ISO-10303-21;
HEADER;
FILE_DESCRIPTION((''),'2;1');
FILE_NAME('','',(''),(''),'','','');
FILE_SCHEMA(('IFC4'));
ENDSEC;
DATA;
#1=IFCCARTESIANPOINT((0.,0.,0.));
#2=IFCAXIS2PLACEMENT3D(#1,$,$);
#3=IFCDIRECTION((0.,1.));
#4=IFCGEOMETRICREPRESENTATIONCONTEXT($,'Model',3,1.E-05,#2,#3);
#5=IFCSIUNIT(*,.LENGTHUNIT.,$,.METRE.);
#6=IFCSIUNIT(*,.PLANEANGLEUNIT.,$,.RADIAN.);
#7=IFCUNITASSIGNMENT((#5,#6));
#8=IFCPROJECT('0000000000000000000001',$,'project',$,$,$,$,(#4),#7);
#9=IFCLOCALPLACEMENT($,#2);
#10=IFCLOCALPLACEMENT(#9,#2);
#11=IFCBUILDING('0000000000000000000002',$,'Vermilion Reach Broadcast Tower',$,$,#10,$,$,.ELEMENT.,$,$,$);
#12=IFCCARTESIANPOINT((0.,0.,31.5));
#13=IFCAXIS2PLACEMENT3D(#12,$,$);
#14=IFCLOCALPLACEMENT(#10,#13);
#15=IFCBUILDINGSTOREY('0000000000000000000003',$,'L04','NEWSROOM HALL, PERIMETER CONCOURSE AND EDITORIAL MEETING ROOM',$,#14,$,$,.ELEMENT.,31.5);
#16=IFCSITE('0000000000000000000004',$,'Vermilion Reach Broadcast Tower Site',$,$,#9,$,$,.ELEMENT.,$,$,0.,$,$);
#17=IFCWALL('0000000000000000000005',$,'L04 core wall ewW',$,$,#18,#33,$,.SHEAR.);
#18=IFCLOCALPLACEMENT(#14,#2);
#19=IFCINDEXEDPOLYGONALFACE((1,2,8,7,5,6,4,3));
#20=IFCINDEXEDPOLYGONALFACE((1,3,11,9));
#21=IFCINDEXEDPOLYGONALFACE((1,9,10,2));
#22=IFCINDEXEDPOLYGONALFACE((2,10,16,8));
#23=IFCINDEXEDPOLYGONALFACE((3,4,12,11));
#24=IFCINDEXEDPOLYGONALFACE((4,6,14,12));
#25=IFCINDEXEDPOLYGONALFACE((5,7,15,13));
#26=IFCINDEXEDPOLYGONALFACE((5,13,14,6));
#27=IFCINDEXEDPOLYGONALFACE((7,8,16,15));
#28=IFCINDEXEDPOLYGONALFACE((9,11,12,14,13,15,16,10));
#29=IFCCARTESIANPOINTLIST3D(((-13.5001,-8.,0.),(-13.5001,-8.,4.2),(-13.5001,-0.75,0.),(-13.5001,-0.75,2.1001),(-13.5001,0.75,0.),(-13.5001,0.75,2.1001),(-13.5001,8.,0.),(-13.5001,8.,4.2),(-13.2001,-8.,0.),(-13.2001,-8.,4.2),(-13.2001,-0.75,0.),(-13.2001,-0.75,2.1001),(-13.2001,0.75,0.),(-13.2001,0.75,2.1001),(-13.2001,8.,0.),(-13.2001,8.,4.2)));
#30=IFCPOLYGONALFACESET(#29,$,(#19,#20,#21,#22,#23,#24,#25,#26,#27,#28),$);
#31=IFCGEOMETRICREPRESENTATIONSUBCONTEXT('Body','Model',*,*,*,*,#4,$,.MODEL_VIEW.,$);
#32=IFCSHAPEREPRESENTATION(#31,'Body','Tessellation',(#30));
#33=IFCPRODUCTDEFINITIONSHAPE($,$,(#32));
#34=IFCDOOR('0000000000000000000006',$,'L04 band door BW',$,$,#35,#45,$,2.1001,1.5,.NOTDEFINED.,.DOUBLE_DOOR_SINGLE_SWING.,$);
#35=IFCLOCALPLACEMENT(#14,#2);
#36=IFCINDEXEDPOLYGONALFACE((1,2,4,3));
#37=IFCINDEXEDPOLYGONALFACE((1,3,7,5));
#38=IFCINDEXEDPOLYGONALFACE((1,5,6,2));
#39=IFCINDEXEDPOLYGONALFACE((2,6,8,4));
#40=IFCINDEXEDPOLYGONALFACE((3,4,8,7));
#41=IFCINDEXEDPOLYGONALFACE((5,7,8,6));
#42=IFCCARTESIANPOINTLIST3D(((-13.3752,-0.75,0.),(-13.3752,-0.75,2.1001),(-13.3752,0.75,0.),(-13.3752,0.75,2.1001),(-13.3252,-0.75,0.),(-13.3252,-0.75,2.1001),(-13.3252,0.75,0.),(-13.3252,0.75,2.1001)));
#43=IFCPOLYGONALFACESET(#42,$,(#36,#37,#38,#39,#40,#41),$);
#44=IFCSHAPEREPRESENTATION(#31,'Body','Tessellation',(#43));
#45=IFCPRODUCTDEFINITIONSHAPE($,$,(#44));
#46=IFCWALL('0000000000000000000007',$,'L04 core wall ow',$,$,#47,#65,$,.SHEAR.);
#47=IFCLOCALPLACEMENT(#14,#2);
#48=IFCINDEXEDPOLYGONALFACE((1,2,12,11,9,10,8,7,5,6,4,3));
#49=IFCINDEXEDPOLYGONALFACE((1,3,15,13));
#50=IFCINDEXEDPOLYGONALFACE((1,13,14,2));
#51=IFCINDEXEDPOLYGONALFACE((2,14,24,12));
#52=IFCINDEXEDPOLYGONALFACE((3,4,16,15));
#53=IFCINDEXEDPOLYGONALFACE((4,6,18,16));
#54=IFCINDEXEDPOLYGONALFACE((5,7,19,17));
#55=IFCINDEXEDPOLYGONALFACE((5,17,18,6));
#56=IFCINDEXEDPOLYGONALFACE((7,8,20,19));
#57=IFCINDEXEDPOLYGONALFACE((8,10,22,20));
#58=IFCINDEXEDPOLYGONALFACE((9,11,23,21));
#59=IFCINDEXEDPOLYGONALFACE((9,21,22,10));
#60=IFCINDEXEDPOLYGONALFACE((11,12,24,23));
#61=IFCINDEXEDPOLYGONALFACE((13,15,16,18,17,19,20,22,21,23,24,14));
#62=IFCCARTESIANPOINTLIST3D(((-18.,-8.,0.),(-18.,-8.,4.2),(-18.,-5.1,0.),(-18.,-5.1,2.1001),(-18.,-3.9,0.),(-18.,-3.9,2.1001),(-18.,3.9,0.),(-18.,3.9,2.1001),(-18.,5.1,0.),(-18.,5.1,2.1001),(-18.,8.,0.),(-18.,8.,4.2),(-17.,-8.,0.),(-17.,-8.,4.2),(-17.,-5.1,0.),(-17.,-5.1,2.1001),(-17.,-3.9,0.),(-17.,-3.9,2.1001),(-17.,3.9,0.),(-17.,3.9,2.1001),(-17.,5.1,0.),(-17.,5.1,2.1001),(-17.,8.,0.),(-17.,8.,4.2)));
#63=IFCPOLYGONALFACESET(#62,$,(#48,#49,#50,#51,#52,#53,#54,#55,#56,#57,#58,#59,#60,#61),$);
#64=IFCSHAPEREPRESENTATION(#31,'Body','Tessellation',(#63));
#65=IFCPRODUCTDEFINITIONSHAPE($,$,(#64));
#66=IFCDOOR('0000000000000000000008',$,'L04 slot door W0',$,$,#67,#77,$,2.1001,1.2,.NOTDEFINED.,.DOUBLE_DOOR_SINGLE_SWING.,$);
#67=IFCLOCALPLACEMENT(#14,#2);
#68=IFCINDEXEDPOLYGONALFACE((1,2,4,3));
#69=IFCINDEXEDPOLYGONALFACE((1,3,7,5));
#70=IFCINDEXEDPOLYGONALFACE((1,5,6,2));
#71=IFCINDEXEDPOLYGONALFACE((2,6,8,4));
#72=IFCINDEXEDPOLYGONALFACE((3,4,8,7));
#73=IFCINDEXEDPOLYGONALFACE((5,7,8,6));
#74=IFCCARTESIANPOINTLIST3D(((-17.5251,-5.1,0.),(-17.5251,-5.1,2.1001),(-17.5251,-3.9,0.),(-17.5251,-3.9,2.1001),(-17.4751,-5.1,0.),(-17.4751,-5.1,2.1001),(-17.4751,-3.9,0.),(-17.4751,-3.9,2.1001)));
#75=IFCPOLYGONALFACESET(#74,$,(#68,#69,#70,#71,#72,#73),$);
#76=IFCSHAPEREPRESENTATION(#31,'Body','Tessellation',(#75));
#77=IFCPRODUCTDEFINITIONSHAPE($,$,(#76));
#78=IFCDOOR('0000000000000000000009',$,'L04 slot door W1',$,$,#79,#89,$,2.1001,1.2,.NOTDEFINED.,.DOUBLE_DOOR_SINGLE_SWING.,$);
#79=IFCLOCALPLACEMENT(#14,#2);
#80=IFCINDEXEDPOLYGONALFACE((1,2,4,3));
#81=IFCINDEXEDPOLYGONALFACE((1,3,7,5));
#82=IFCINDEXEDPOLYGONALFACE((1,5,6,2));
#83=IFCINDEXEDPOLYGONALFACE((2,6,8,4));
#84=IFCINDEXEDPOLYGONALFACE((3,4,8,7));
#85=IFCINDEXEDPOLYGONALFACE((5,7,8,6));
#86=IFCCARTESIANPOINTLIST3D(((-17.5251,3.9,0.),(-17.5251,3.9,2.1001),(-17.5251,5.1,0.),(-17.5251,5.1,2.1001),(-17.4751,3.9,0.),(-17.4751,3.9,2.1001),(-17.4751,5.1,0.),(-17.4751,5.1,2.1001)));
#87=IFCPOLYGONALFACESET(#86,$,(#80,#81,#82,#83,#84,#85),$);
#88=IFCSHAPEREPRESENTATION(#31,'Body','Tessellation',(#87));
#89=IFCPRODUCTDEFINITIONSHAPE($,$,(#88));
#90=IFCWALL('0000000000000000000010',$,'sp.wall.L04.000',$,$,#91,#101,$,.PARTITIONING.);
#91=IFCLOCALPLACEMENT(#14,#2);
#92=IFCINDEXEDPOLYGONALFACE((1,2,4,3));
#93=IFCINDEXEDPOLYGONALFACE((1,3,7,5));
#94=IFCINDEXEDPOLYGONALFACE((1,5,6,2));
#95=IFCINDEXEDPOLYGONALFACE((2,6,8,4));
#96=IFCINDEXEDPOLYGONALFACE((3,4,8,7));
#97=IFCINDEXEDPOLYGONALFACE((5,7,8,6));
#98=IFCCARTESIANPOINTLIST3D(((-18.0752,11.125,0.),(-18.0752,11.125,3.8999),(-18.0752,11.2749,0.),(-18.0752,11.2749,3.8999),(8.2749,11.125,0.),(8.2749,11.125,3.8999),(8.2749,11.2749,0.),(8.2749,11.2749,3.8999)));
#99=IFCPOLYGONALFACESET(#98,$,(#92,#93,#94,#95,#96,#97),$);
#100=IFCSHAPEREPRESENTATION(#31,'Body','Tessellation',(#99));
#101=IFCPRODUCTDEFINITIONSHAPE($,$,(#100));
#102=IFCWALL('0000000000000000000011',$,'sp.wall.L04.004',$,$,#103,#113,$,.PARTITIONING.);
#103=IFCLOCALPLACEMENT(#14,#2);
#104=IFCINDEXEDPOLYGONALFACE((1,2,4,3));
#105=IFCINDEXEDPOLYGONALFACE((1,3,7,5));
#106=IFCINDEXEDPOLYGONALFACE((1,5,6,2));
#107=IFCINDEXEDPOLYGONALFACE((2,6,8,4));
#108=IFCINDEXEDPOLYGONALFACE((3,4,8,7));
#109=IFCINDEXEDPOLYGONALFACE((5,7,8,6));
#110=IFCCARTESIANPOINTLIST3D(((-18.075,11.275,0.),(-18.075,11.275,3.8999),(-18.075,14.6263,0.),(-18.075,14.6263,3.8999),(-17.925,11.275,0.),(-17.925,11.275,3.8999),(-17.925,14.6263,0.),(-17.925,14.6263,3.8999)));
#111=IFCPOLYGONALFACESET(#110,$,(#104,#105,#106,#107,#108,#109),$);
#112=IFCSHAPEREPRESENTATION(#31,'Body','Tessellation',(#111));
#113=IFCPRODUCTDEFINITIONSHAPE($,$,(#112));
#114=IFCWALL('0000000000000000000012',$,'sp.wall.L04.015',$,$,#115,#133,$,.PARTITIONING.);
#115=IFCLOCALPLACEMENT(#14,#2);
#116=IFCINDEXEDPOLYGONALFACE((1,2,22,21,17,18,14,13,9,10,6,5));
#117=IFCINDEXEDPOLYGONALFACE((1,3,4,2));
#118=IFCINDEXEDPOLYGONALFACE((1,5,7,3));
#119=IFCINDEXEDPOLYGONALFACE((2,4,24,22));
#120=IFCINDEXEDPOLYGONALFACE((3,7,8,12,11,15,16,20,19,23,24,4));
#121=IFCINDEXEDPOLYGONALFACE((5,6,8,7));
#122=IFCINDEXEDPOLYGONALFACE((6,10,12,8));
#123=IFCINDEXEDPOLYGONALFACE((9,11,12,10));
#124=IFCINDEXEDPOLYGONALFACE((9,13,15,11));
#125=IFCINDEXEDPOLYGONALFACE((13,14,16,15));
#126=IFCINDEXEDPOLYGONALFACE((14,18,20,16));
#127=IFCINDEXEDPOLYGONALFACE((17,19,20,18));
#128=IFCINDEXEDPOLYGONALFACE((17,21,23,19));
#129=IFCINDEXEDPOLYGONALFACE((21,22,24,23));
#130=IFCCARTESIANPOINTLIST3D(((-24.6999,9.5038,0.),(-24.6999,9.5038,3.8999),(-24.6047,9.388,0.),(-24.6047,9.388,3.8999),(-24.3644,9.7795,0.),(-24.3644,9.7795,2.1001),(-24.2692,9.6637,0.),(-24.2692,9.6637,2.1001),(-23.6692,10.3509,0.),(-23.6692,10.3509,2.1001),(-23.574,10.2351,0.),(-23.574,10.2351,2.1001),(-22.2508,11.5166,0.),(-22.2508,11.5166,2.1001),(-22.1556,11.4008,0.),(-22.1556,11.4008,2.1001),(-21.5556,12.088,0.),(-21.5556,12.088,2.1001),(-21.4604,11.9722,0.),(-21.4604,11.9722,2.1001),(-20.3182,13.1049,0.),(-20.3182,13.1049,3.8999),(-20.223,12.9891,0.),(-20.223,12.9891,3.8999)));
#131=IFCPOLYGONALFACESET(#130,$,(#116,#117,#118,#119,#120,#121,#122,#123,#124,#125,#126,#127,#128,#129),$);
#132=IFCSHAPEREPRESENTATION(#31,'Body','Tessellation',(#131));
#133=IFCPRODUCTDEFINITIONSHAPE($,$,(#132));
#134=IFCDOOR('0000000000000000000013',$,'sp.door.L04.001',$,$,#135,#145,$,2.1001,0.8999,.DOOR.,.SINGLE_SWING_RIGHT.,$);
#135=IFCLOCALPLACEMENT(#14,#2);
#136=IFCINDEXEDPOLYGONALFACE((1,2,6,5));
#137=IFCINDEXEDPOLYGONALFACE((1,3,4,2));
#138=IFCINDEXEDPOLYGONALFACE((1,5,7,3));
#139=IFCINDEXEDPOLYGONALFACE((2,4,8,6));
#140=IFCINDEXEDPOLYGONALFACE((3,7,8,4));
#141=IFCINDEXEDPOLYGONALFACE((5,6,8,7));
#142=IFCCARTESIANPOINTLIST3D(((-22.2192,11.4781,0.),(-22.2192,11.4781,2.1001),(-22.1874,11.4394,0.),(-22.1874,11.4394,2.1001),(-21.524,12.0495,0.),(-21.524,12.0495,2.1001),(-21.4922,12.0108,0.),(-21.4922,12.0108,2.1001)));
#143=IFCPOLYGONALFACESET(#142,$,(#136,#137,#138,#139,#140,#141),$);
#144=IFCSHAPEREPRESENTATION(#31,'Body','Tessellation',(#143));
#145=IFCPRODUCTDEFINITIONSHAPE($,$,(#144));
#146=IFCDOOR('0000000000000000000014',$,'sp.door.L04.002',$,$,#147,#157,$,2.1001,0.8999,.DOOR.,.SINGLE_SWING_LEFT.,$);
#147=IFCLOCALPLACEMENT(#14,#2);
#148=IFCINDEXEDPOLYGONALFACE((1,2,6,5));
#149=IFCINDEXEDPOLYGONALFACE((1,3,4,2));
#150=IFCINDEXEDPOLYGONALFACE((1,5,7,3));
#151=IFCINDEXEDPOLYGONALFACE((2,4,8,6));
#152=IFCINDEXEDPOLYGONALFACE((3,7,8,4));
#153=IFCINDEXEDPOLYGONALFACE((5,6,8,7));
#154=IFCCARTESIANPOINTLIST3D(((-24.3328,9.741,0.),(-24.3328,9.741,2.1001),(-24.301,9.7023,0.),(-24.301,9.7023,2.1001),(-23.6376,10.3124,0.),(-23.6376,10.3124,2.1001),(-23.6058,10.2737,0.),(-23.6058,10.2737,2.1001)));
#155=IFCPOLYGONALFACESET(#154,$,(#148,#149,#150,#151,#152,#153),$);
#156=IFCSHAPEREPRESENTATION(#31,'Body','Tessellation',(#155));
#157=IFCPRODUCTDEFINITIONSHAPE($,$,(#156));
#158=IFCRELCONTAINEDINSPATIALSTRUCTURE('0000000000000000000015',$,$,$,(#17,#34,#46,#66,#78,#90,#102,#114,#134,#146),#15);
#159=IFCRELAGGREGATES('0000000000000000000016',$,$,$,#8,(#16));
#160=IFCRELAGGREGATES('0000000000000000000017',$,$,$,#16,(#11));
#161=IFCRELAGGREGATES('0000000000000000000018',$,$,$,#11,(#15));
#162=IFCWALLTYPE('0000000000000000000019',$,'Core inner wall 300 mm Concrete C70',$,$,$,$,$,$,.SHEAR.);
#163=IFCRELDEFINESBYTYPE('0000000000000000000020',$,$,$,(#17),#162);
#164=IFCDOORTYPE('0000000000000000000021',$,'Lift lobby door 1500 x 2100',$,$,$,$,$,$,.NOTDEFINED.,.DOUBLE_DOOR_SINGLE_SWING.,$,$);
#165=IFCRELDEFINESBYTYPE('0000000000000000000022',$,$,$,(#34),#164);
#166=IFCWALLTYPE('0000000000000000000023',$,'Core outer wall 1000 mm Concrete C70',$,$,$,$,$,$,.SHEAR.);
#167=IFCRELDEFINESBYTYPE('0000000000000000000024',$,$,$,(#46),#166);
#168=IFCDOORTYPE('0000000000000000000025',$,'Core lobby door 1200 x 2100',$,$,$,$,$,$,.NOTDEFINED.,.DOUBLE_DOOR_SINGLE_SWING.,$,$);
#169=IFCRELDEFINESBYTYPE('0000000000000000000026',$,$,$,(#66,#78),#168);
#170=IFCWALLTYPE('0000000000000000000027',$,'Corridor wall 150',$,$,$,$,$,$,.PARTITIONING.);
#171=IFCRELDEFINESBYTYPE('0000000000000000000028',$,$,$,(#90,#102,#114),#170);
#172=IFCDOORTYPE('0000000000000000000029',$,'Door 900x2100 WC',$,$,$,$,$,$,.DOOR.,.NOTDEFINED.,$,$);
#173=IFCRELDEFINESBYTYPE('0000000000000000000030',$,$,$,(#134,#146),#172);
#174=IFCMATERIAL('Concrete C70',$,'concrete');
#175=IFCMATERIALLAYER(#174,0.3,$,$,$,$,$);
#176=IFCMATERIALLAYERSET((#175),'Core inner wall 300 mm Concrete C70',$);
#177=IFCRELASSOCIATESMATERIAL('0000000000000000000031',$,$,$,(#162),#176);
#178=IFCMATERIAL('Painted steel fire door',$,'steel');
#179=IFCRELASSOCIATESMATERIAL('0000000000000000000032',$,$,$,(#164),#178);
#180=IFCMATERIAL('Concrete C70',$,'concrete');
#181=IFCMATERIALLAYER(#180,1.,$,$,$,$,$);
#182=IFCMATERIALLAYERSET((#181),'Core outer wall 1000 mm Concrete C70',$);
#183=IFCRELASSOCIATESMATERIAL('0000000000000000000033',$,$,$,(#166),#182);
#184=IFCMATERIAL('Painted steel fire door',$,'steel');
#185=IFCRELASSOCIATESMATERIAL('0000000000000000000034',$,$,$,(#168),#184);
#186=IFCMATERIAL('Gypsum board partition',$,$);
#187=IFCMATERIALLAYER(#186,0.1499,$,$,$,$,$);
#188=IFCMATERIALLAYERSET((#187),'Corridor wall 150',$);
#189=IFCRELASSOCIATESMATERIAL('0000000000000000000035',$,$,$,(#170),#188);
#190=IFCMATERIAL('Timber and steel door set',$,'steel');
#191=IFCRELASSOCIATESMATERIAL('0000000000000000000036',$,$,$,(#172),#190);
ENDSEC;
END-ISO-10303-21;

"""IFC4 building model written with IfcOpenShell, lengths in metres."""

from ifc_helpers import new_model, si_unit, direction, frame, frame_2d, origin, place, context, subcontext, project, spatial, rectangle, extrude, material, layer, layer_set, type_object, element, fill, save


model = new_model("IFC4")

# Units and contexts
model_context = context("Model", 3, precision=1e-05, world=origin(), true_north=direction((0.0, 1.0)))
body_context = subcontext(model_context, "Body", "Model", "MODEL_VIEW")
ifc_project = project(units=[si_unit("LENGTHUNIT", "METRE"), si_unit("PLANEANGLEUNIT", "RADIAN")], contexts=[model_context])

# Site, building, storey
site_placement = place(None, origin())
site = spatial("IfcSite", under=ifc_project, at=site_placement, Name="Vermilion Reach Broadcast Tower Site", CompositionType="ELEMENT", RefElevation=0.0)
building_placement = place(site_placement, origin())
building = spatial("IfcBuilding", under=site, at=building_placement, Name="Vermilion Reach Broadcast Tower", CompositionType="ELEMENT")
storey_placement = place(building_placement, frame((0.0, 0.0, 31.5)))
storey = spatial("IfcBuildingStorey", under=building, at=storey_placement, Name="L04", Description="NEWSROOM HALL, PERIMETER CONCOURSE AND EDITORIAL MEETING ROOM", CompositionType="ELEMENT", Elevation=31.5)

# Wall, opening, door
ifc_material_1 = material(Name="Concrete C70", Category="concrete")
ifc_layer_1 = layer(ifc_material_1, 0.3)
ifc_layer_set_1 = layer_set([ifc_layer_1], Name="Core inner wall 300 mm Concrete C70")
wall_type_1 = type_object("IfcWallType", Name="Core inner wall 300 mm Concrete C70", PredefinedType="SHEAR", material=ifc_layer_set_1)
wall_1_placement = place(storey_placement, frame((-13.3501, 8.0, 0.0), z_axis=(0.0, 0.0, 1.0), x_axis=(0.0, -1.0, 0.0)))
wall_1 = element("IfcWall", 1, at=wall_1_placement, inside=storey, type_object=wall_type_1, Name="L04 core wall ewW", PredefinedType="SHEAR", context=body_context, shape_type="SweptSolid", body=[
    extrude(rectangle(XDim=16.0, YDim=0.3, at=frame_2d((8.0, 0.0))), origin(), (0.0, 0.0, 1.0), 4.2),
])
opening_1_placement = place(wall_1_placement, frame((7.25, 0.0, 0.0)))
opening_1 = element("IfcOpeningElement", 2, at=opening_1_placement, cuts=wall_1, PredefinedType="OPENING", context=body_context, shape_type="SweptSolid", body=[
    extrude(rectangle(XDim=1.5, YDim=2.1001, at=frame_2d((0.75, 1.05))), frame((0.0, 0.1599, 0.0), z_axis=(0.0, -1.0, 0.0), x_axis=(1.0, 0.0, 0.0)), (0.0, 0.0, 1.0), 0.3201),
])
ifc_material_2 = material(Name="Painted steel fire door", Category="steel")
door_type_1 = type_object("IfcDoorType", Name="Lift lobby door 1500 x 2100", OperationType="DOUBLE_DOOR_SINGLE_SWING", PredefinedType="NOTDEFINED", material=ifc_material_2)
door_1_placement = place(opening_1_placement, origin())
door_1 = element("IfcDoor", 3, at=door_1_placement, inside=storey, type_object=door_type_1, Name="L04 band door BW", OperationType="DOUBLE_DOOR_SINGLE_SWING", OverallHeight=2.1001, OverallWidth=1.5, PredefinedType="NOTDEFINED", context=body_context, shape_type="SweptSolid", body=[
    extrude(rectangle(XDim=1.5, YDim=2.1001, at=frame_2d((0.75, 1.05))), frame((0.0, 0.0249, 0.0), z_axis=(0.0, -1.0, 0.0), x_axis=(1.0, 0.0, 0.0)), (0.0, 0.0, 1.0), 0.05),
])
fill(opening_1, door_1)

# Wall, openings, doors
ifc_material_3 = material(Name="Concrete C70", Category="concrete")
ifc_layer_2 = layer(ifc_material_3, 1.0)
ifc_layer_set_2 = layer_set([ifc_layer_2], Name="Core outer wall 1000 mm Concrete C70")
wall_type_2 = type_object("IfcWallType", Name="Core outer wall 1000 mm Concrete C70", PredefinedType="SHEAR", material=ifc_layer_set_2)
wall_2_placement = place(storey_placement, frame((-17.5, 8.0, 0.0), z_axis=(0.0, 0.0, 1.0), x_axis=(0.0, -1.0, 0.0)))
wall_2 = element("IfcWall", 4, at=wall_2_placement, inside=storey, type_object=wall_type_2, Name="L04 core wall ow", PredefinedType="SHEAR", context=body_context, shape_type="SweptSolid", body=[
    extrude(rectangle(XDim=16.0, YDim=1.0, at=frame_2d((8.0, 0.0))), origin(), (0.0, 0.0, 1.0), 4.2),
])
opening_2_placement = place(wall_2_placement, frame((11.8999, 0.0, 0.0)))
opening_2 = element("IfcOpeningElement", 5, at=opening_2_placement, cuts=wall_2, PredefinedType="OPENING", context=body_context, shape_type="SweptSolid", body=[
    extrude(rectangle(XDim=1.2, YDim=2.1001, at=frame_2d((0.6001, 1.05))), frame((0.0, 0.51, 0.0), z_axis=(0.0, -1.0, 0.0), x_axis=(1.0, 0.0, 0.0)), (0.0, 0.0, 1.0), 1.02),
])
opening_3_placement = place(wall_2_placement, frame((2.8999, 0.0, 0.0)))
opening_3 = element("IfcOpeningElement", 6, at=opening_3_placement, cuts=wall_2, PredefinedType="OPENING", context=body_context, shape_type="SweptSolid", body=[
    extrude(rectangle(XDim=1.2, YDim=2.1001, at=frame_2d((0.6001, 1.05))), frame((0.0, 0.51, 0.0), z_axis=(0.0, -1.0, 0.0), x_axis=(1.0, 0.0, 0.0)), (0.0, 0.0, 1.0), 1.02),
])
ifc_material_4 = material(Name="Painted steel fire door", Category="steel")
door_type_2 = type_object("IfcDoorType", Name="Core lobby door 1200 x 2100", OperationType="DOUBLE_DOOR_SINGLE_SWING", PredefinedType="NOTDEFINED", material=ifc_material_4)
door_2_placement = place(opening_2_placement, origin())
door_2 = element("IfcDoor", 7, at=door_2_placement, inside=storey, type_object=door_type_2, Name="L04 slot door W0", OperationType="DOUBLE_DOOR_SINGLE_SWING", OverallHeight=2.1001, OverallWidth=1.2, PredefinedType="NOTDEFINED", context=body_context, shape_type="SweptSolid", body=[
    extrude(rectangle(XDim=1.2, YDim=2.1001, at=frame_2d((0.6001, 1.05))), frame((0.0, 0.0249, 0.0), z_axis=(0.0, -1.0, 0.0), x_axis=(1.0, 0.0, 0.0)), (0.0, 0.0, 1.0), 0.05),
])
fill(opening_2, door_2)
door_3_placement = place(opening_3_placement, origin())
door_3 = element("IfcDoor", 8, at=door_3_placement, inside=storey, type_object=door_type_2, Name="L04 slot door W1", OperationType="DOUBLE_DOOR_SINGLE_SWING", OverallHeight=2.1001, OverallWidth=1.2, PredefinedType="NOTDEFINED", context=body_context, shape_type="SweptSolid", body=[
    extrude(rectangle(XDim=1.2, YDim=2.1001, at=frame_2d((0.6001, 1.05))), frame((0.0, 0.0249, 0.0), z_axis=(0.0, -1.0, 0.0), x_axis=(1.0, 0.0, 0.0)), (0.0, 0.0, 1.0), 0.05),
])
fill(opening_3, door_3)

# Walls
ifc_material_5 = material(Name="Gypsum board partition")
ifc_layer_3 = layer(ifc_material_5, 0.1499)
ifc_layer_set_3 = layer_set([ifc_layer_3], Name="Corridor wall 150")
wall_type_3 = type_object("IfcWallType", Name="Corridor wall 150", PredefinedType="PARTITIONING", material=ifc_layer_set_3)
wall_3_placement = place(storey_placement, frame((-18.0752, 11.2, 0.0), z_axis=(0.0, 0.0, 1.0), x_axis=(1.0, 0.0, 0.0)))
element("IfcWall", 9, at=wall_3_placement, inside=storey, type_object=wall_type_3, Name="sp.wall.L04.000", PredefinedType="PARTITIONING", context=body_context, shape_type="SweptSolid", body=[
    extrude(rectangle(XDim=26.3501, YDim=0.1499, at=frame_2d((13.175, 0.0))), origin(), (0.0, 0.0, 1.0), 3.8999),
])
wall_4_placement = place(storey_placement, frame((-18.0, 11.2749, 0.0), z_axis=(0.0, 0.0, 1.0), x_axis=(0.0, 1.0, 0.0)))
element("IfcWall", 10, at=wall_4_placement, inside=storey, type_object=wall_type_3, Name="sp.wall.L04.004", PredefinedType="PARTITIONING", context=body_context, shape_type="SweptSolid", body=[
    extrude(rectangle(XDim=3.3513, YDim=0.1499, at=frame_2d((1.6758, 0.0))), origin(), (0.0, 0.0, 1.0), 3.8999),
])

# Wall, openings, doors
wall_5_placement = place(storey_placement, frame((-20.2705, 13.0471, 0.0), z_axis=(0.0, 0.0, 1.0), x_axis=(-0.772561, -0.63494, 0.0)))
wall_5 = element("IfcWall", 11, at=wall_5_placement, inside=storey, type_object=wall_type_3, Name="sp.wall.L04.015", PredefinedType="PARTITIONING", context=body_context, shape_type="SweptSolid", body=[
    extrude(rectangle(XDim=5.6716, YDim=0.1499, at=frame_2d((2.8359, 0.0))), origin(), (0.0, 0.0, 1.0), 3.8999),
])
opening_4_placement = place(wall_5_placement, frame((1.6018, 0.0, 0.0)))
opening_4 = element("IfcOpeningElement", 12, at=opening_4_placement, cuts=wall_5, PredefinedType="OPENING", context=body_context, shape_type="SweptSolid", body=[
    extrude(rectangle(XDim=0.8999, YDim=2.1001, at=frame_2d((0.45, 1.05))), frame((0.0, 0.085, 0.0), z_axis=(0.0, -1.0, 0.0), x_axis=(1.0, 0.0, 0.0)), (0.0, 0.0, 1.0), 0.1699),
])
opening_5_placement = place(wall_5_placement, frame((4.3376, 0.0, 0.0)))
opening_5 = element("IfcOpeningElement", 13, at=opening_5_placement, cuts=wall_5, PredefinedType="OPENING", context=body_context, shape_type="SweptSolid", body=[
    extrude(rectangle(XDim=0.8999, YDim=2.1001, at=frame_2d((0.45, 1.05))), frame((0.0, 0.085, 0.0), z_axis=(0.0, -1.0, 0.0), x_axis=(1.0, 0.0, 0.0)), (0.0, 0.0, 1.0), 0.1699),
])
ifc_material_6 = material(Name="Timber and steel door set", Category="steel")
door_type_3 = type_object("IfcDoorType", Name="Door 900x2100 WC", OperationType="NOTDEFINED", PredefinedType="DOOR", material=ifc_material_6)
door_4_placement = place(opening_4_placement, origin())
door_4 = element("IfcDoor", 14, at=door_4_placement, inside=storey, type_object=door_type_3, Name="sp.door.L04.001", OperationType="SINGLE_SWING_RIGHT", OverallHeight=2.1001, OverallWidth=0.8999, PredefinedType="DOOR", context=body_context, shape_type="SweptSolid", body=[
    extrude(rectangle(XDim=0.8999, YDim=2.1001, at=frame_2d((0.45, 1.05))), frame((0.0, 0.0249, 0.0), z_axis=(0.0, -1.0, 0.0), x_axis=(1.0, 0.0, 0.0)), (0.0, 0.0, 1.0), 0.05),
])
fill(opening_4, door_4)
door_5_placement = place(opening_5_placement, origin())
door_5 = element("IfcDoor", 15, at=door_5_placement, inside=storey, type_object=door_type_3, Name="sp.door.L04.002", OperationType="SINGLE_SWING_LEFT", OverallHeight=2.1001, OverallWidth=0.8999, PredefinedType="DOOR", context=body_context, shape_type="SweptSolid", body=[
    extrude(rectangle(XDim=0.8999, YDim=2.1001, at=frame_2d((0.45, 1.05))), frame((0.0, 0.0249, 0.0), z_axis=(0.0, -1.0, 0.0), x_axis=(1.0, 0.0, 0.0)), (0.0, 0.0, 1.0), 0.05),
])
fill(opening_5, door_5)

save(model, "model.ifc")
